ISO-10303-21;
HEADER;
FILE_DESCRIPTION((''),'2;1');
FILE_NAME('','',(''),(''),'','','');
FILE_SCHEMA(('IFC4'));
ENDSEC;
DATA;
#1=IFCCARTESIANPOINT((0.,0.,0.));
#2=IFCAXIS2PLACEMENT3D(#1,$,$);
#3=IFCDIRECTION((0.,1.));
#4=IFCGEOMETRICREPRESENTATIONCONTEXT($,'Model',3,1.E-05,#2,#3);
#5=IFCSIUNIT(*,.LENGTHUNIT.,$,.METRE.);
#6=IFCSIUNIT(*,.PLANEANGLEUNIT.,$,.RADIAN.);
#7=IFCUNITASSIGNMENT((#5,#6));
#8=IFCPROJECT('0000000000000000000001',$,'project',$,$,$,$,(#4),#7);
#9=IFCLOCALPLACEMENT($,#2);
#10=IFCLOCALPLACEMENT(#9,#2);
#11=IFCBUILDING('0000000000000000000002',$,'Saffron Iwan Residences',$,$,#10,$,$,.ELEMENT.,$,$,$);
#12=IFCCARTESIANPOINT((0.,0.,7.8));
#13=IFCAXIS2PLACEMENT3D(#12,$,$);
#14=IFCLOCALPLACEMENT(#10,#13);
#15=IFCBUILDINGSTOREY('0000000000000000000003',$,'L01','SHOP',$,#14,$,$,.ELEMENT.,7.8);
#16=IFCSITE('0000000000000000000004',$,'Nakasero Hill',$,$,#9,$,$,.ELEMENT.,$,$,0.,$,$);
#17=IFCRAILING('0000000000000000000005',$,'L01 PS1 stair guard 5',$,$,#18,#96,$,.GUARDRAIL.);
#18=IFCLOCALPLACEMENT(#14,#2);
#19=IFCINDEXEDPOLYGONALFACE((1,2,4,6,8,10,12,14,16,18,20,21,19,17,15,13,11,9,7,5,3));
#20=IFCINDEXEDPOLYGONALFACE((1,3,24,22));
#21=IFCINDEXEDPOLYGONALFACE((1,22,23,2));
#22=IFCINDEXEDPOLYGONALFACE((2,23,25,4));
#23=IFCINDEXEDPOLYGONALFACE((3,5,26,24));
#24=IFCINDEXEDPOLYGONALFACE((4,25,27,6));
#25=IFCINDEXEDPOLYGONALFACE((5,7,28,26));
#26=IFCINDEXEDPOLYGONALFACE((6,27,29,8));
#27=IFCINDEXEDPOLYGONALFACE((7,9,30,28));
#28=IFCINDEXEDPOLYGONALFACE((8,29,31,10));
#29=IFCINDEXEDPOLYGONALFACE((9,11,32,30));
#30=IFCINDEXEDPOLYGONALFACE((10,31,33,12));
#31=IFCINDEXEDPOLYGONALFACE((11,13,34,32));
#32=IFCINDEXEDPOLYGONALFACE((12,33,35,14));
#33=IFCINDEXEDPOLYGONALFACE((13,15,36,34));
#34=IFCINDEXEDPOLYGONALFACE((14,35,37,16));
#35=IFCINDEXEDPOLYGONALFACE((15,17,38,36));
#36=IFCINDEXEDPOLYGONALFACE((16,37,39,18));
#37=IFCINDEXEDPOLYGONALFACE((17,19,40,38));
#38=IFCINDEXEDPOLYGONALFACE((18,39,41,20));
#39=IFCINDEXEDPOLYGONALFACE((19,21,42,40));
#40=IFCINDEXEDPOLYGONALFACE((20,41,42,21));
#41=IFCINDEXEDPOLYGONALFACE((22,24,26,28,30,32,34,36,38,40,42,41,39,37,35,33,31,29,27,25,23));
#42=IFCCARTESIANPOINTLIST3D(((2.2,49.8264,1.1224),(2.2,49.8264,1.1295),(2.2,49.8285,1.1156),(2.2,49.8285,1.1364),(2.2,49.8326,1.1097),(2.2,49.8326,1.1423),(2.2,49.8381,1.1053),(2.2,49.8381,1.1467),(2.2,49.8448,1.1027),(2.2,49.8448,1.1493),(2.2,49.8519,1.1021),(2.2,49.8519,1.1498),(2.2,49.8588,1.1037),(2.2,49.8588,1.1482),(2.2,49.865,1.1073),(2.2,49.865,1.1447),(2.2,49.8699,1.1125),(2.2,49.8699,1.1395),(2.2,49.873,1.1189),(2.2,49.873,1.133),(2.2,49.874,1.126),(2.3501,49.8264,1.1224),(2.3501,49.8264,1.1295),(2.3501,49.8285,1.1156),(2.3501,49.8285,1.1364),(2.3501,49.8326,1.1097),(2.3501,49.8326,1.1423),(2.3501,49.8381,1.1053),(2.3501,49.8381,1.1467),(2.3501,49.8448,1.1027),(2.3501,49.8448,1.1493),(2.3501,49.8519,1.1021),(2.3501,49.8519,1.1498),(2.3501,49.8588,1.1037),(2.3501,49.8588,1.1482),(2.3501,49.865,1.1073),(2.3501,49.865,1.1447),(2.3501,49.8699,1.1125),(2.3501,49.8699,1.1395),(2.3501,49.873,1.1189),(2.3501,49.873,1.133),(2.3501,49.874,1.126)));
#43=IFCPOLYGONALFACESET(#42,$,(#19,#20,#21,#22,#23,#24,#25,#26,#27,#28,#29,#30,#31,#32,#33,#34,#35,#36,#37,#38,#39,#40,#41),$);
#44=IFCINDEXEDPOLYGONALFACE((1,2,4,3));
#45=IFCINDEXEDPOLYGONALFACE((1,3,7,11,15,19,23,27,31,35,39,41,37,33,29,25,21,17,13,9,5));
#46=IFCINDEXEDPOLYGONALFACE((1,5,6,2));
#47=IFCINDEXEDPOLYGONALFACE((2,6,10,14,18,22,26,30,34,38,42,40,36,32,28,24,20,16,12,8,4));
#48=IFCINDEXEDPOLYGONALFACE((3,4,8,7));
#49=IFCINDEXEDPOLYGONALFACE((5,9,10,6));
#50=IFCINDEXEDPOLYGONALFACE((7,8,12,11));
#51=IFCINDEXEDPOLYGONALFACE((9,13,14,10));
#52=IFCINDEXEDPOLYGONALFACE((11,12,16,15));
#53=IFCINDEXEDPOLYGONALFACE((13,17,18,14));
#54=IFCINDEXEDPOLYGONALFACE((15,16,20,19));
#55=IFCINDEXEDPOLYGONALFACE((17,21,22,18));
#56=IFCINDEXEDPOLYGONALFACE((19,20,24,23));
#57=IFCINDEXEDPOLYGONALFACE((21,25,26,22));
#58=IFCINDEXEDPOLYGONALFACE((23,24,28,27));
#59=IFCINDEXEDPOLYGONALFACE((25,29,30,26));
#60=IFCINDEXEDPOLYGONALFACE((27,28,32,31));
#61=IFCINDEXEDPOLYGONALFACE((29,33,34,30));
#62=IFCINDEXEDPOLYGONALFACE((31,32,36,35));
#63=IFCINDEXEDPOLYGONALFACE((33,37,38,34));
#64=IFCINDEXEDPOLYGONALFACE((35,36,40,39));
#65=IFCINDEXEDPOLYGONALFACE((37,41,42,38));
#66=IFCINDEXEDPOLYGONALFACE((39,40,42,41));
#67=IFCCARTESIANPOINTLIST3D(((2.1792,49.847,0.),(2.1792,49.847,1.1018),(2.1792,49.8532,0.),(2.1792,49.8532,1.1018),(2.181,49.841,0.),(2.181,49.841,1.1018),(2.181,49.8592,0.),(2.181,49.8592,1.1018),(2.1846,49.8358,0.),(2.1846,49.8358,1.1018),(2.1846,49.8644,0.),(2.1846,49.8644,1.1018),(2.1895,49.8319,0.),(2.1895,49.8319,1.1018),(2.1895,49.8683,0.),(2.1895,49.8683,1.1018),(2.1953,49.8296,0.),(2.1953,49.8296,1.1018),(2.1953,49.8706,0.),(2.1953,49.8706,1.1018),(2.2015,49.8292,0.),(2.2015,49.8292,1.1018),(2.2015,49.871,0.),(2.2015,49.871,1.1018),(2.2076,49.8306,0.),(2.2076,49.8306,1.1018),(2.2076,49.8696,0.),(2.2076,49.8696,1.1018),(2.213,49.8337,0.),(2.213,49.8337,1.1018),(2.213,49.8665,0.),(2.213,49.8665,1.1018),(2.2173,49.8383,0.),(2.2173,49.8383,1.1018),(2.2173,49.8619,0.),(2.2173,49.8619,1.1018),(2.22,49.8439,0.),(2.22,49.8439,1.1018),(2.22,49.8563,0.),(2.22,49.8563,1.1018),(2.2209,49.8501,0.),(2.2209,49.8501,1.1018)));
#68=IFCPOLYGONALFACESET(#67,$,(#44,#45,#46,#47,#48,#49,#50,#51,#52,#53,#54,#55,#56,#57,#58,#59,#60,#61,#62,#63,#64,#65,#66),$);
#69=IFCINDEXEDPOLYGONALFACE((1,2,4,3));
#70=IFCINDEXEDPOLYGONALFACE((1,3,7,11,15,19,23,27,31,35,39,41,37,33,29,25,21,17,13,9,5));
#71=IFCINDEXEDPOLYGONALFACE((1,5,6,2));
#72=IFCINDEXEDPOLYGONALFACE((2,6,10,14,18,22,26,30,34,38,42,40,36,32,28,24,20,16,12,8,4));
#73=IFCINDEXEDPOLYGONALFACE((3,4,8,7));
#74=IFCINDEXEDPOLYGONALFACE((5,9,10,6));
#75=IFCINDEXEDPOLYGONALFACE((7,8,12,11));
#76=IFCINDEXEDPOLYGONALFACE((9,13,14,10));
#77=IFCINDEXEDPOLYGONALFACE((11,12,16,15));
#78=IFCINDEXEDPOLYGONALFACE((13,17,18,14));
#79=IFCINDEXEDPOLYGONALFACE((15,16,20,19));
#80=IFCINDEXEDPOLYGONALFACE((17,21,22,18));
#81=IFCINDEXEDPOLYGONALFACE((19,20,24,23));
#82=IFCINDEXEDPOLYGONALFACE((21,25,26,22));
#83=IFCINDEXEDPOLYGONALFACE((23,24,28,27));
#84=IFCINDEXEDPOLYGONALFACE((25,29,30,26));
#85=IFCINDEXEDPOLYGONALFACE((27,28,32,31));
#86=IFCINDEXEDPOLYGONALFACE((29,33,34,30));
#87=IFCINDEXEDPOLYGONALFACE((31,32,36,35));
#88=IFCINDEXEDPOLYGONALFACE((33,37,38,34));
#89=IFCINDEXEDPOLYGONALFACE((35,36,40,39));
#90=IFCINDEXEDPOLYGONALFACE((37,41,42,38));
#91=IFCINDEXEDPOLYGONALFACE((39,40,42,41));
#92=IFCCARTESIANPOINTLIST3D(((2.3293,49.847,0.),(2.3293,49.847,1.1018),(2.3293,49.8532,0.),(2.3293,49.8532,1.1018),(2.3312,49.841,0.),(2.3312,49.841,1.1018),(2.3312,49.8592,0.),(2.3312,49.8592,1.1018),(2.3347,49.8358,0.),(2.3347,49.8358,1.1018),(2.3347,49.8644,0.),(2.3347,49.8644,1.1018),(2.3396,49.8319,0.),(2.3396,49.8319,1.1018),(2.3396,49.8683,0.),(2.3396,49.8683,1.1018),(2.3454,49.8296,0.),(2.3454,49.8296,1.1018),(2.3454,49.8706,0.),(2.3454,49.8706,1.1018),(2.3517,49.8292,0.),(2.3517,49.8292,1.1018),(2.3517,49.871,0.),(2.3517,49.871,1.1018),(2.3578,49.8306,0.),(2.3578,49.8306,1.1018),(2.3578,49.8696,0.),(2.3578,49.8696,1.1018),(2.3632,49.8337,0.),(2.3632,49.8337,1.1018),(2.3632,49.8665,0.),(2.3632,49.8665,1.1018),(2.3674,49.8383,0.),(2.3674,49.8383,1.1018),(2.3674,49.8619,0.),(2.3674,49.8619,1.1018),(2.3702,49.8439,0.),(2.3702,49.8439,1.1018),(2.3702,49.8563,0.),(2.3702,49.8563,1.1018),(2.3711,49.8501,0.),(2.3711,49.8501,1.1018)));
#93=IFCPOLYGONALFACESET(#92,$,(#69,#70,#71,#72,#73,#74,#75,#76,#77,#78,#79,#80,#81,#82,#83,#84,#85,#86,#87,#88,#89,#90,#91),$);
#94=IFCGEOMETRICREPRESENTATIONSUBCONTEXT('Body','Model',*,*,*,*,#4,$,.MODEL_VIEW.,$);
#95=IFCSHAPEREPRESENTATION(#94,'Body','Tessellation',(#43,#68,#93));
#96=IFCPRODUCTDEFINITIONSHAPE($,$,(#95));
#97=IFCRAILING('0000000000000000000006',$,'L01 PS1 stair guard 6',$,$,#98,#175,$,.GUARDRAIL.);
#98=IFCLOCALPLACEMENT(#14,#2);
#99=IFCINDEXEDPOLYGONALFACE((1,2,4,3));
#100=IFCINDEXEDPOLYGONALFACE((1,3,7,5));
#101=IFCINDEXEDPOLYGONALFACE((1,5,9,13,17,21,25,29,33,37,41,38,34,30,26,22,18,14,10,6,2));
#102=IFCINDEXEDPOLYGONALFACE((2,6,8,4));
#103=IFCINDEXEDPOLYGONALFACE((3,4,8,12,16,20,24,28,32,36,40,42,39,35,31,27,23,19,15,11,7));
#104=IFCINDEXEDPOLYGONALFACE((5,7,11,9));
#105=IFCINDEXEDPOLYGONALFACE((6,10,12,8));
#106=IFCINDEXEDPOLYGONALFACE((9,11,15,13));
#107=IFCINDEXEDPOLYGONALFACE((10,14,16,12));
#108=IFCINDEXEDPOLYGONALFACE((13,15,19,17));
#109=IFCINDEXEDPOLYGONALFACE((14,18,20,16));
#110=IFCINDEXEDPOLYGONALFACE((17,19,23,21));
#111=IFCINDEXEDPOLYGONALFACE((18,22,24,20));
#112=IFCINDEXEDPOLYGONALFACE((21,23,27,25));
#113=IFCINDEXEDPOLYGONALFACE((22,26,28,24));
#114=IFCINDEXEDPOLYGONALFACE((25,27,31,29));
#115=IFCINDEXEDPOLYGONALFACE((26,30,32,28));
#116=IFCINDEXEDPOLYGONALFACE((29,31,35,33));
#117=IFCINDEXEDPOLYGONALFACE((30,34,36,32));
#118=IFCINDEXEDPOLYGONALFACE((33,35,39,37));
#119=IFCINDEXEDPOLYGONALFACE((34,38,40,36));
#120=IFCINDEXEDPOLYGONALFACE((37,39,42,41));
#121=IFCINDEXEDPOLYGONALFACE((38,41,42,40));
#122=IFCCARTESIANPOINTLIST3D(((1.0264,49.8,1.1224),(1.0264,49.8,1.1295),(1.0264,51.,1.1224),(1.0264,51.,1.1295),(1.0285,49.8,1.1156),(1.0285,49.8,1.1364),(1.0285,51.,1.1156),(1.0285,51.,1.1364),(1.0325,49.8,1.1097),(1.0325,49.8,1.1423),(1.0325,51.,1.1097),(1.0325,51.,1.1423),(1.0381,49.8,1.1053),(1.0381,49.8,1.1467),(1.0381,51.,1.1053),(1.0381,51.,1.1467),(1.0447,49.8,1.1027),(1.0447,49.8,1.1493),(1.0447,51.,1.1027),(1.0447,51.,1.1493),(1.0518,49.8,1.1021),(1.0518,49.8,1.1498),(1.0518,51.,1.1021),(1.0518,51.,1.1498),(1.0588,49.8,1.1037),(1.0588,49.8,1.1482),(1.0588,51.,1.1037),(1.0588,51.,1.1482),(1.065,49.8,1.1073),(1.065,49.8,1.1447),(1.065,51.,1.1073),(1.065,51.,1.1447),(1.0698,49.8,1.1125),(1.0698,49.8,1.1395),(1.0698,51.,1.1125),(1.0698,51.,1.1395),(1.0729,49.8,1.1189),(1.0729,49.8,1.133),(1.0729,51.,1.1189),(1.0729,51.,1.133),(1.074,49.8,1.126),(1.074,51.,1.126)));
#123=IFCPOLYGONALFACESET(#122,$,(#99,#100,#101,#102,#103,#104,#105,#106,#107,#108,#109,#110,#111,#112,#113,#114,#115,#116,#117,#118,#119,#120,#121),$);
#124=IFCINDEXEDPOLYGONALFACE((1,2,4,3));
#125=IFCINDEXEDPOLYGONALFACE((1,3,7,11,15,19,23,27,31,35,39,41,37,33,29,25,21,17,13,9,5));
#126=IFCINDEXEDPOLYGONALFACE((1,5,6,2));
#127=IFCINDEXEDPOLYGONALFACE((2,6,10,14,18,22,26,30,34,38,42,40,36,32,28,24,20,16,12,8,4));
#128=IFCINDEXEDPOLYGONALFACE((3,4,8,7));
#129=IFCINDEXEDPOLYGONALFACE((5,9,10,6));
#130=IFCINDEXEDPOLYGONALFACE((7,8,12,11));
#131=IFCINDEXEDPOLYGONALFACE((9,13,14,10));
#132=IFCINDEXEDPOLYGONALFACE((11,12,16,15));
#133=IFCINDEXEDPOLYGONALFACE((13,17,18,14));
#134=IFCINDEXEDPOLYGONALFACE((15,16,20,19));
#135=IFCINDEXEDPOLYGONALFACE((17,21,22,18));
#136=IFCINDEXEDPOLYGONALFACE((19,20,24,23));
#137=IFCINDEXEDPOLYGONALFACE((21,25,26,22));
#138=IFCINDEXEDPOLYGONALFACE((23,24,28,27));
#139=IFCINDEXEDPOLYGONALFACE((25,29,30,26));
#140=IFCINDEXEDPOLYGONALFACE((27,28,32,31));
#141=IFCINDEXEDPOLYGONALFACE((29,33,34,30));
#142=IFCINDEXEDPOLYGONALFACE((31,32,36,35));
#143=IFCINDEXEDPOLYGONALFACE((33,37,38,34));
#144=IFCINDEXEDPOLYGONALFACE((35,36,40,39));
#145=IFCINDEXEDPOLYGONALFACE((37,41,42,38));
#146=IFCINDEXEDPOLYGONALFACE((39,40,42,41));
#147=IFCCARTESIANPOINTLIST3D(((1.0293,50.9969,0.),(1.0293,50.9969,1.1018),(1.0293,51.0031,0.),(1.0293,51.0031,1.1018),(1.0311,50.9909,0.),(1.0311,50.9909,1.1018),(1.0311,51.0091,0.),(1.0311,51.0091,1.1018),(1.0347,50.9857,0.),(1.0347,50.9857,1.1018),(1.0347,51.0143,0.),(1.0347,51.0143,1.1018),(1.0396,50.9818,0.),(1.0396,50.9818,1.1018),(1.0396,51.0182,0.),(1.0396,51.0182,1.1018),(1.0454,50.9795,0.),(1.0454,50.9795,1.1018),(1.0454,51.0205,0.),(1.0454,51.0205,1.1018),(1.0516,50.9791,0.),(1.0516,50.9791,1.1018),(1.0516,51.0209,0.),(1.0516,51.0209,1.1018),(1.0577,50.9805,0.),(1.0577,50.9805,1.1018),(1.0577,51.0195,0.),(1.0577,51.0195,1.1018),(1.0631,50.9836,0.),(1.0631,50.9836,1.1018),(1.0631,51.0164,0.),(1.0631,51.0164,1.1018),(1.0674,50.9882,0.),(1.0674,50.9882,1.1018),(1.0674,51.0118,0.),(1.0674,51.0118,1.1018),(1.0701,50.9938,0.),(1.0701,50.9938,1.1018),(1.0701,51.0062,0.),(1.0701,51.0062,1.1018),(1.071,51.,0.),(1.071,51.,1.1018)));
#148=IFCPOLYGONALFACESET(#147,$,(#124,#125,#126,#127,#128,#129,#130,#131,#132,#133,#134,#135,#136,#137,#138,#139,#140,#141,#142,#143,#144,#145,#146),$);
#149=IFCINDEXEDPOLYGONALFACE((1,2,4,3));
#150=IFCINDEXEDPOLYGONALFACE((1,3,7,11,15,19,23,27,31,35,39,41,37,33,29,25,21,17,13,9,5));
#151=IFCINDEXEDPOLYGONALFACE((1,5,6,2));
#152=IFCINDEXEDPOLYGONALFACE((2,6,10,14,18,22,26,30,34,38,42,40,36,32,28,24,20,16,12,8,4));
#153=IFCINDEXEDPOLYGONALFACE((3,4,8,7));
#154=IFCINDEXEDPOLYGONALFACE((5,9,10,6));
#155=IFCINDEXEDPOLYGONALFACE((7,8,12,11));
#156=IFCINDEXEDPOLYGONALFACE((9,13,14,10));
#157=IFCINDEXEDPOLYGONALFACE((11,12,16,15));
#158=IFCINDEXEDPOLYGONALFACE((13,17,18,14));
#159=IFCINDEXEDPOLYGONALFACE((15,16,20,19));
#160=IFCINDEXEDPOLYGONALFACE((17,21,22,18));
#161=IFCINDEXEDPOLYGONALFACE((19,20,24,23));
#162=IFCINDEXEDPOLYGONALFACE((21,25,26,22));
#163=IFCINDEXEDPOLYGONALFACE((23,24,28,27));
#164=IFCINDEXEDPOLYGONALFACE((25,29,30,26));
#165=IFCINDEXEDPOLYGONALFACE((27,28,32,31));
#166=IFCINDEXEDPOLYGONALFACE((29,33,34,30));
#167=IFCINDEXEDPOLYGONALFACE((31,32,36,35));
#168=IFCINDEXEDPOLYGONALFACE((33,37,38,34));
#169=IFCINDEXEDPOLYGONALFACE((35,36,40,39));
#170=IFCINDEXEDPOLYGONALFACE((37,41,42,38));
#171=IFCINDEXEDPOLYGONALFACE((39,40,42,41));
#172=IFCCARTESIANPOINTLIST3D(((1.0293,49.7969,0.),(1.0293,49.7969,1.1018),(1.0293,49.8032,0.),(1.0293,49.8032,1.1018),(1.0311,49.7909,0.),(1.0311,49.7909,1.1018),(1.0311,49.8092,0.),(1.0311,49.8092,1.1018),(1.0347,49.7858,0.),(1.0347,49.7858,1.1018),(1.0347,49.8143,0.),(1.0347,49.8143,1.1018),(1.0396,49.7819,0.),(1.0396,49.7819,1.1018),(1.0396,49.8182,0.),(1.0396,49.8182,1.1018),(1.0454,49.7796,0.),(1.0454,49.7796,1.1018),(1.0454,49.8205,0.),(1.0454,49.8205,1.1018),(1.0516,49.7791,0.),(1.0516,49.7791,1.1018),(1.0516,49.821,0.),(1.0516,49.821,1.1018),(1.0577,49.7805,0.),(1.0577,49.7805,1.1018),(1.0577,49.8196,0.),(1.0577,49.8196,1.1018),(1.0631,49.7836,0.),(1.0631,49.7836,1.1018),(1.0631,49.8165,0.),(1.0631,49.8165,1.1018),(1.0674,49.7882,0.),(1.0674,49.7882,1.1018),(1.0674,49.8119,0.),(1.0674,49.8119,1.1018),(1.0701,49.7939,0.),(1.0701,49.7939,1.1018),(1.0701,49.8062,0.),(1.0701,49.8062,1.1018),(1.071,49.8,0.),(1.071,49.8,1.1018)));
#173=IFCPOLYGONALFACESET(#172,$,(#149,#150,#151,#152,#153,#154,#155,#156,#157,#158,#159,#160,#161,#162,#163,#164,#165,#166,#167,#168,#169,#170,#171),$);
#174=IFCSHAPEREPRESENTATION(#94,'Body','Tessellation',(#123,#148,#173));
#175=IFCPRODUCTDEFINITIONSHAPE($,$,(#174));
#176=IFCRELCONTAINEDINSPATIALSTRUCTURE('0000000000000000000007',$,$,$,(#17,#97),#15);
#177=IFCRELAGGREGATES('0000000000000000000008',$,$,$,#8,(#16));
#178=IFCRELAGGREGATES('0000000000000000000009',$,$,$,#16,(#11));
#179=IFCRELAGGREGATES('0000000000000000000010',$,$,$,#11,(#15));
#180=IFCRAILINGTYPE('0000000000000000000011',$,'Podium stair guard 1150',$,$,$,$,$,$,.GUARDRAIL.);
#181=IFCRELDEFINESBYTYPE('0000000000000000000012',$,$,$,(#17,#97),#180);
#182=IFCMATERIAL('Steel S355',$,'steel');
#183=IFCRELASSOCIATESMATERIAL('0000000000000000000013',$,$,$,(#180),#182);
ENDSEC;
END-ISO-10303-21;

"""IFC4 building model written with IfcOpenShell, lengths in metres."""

from ifc_helpers import new_model, si_unit, direction, frame, origin, origin_2d, place, context, subcontext, project, spatial, circle, extrude, material, type_object, element, save


model = new_model("IFC4")

# Units and contexts
model_context = context("Model", 3, precision=1e-05, world=origin(), true_north=direction((0.0, 1.0)))
body_context = subcontext(model_context, "Body", "Model", "MODEL_VIEW")
ifc_project = project(units=[si_unit("LENGTHUNIT", "METRE"), si_unit("PLANEANGLEUNIT", "RADIAN")], contexts=[model_context])

# Site, building, storey
site_placement = place(None, origin())
site = spatial("IfcSite", under=ifc_project, at=site_placement, Name="Nakasero Hill", CompositionType="ELEMENT", RefElevation=0.0)
building_placement = place(site_placement, origin())
building = spatial("IfcBuilding", under=site, at=building_placement, Name="Saffron Iwan Residences", CompositionType="ELEMENT")
storey_placement = place(building_placement, frame((0.0, 0.0, 7.8)))
storey = spatial("IfcBuildingStorey", under=building, at=storey_placement, Name="L01", Description="SHOP", CompositionType="ELEMENT", Elevation=7.8)

# Railings
ifc_material_1 = material(Name="Steel S355", Category="steel")
railing_type_1 = type_object("IfcRailingType", Name="Podium stair guard 1150", PredefinedType="GUARDRAIL", material=ifc_material_1)
railing_1_placement = place(storey_placement, frame((2.2, 49.8501, 0.0)))
element("IfcRailing", 1, at=railing_1_placement, inside=storey, type_object=railing_type_1, Name="L01 PS1 stair guard 5", PredefinedType="GUARDRAIL", context=body_context, shape_type="SweptSolid", body=[
    extrude(circle(Radius=0.0239, at=origin_2d()), frame((0.0, 0.0, 1.126), z_axis=(1.0, 0.0, 0.0), x_axis=(0.0, 1.0, 0.0)), (0.0, 0.0, 1.0), 0.1501),
    extrude(circle(Radius=0.021, at=origin_2d()), origin(), (0.0, 0.0, 1.0), 1.1018),
    extrude(circle(Radius=0.021, at=origin_2d()), frame((0.1501, 0.0, 0.0)), (0.0, 0.0, 1.0), 1.1018),
])
railing_2_placement = place(storey_placement, frame((1.05, 51.0, 0.0)))
element("IfcRailing", 2, at=railing_2_placement, inside=storey, type_object=railing_type_1, Name="L01 PS1 stair guard 6", PredefinedType="GUARDRAIL", context=body_context, shape_type="SweptSolid", body=[
    extrude(circle(Radius=0.0239, at=origin_2d()), frame((0.0, 0.0, 1.126), z_axis=(0.0, -1.0, 0.0), x_axis=(1.0, 0.0, 0.0)), (0.0, 0.0, 1.0), 1.2),
    extrude(circle(Radius=0.021, at=origin_2d()), origin(), (0.0, 0.0, 1.0), 1.1018),
    extrude(circle(Radius=0.021, at=origin_2d()), frame((0.0, -1.2, 0.0)), (0.0, 0.0, 1.0), 1.1018),
])

save(model, "model.ifc")
